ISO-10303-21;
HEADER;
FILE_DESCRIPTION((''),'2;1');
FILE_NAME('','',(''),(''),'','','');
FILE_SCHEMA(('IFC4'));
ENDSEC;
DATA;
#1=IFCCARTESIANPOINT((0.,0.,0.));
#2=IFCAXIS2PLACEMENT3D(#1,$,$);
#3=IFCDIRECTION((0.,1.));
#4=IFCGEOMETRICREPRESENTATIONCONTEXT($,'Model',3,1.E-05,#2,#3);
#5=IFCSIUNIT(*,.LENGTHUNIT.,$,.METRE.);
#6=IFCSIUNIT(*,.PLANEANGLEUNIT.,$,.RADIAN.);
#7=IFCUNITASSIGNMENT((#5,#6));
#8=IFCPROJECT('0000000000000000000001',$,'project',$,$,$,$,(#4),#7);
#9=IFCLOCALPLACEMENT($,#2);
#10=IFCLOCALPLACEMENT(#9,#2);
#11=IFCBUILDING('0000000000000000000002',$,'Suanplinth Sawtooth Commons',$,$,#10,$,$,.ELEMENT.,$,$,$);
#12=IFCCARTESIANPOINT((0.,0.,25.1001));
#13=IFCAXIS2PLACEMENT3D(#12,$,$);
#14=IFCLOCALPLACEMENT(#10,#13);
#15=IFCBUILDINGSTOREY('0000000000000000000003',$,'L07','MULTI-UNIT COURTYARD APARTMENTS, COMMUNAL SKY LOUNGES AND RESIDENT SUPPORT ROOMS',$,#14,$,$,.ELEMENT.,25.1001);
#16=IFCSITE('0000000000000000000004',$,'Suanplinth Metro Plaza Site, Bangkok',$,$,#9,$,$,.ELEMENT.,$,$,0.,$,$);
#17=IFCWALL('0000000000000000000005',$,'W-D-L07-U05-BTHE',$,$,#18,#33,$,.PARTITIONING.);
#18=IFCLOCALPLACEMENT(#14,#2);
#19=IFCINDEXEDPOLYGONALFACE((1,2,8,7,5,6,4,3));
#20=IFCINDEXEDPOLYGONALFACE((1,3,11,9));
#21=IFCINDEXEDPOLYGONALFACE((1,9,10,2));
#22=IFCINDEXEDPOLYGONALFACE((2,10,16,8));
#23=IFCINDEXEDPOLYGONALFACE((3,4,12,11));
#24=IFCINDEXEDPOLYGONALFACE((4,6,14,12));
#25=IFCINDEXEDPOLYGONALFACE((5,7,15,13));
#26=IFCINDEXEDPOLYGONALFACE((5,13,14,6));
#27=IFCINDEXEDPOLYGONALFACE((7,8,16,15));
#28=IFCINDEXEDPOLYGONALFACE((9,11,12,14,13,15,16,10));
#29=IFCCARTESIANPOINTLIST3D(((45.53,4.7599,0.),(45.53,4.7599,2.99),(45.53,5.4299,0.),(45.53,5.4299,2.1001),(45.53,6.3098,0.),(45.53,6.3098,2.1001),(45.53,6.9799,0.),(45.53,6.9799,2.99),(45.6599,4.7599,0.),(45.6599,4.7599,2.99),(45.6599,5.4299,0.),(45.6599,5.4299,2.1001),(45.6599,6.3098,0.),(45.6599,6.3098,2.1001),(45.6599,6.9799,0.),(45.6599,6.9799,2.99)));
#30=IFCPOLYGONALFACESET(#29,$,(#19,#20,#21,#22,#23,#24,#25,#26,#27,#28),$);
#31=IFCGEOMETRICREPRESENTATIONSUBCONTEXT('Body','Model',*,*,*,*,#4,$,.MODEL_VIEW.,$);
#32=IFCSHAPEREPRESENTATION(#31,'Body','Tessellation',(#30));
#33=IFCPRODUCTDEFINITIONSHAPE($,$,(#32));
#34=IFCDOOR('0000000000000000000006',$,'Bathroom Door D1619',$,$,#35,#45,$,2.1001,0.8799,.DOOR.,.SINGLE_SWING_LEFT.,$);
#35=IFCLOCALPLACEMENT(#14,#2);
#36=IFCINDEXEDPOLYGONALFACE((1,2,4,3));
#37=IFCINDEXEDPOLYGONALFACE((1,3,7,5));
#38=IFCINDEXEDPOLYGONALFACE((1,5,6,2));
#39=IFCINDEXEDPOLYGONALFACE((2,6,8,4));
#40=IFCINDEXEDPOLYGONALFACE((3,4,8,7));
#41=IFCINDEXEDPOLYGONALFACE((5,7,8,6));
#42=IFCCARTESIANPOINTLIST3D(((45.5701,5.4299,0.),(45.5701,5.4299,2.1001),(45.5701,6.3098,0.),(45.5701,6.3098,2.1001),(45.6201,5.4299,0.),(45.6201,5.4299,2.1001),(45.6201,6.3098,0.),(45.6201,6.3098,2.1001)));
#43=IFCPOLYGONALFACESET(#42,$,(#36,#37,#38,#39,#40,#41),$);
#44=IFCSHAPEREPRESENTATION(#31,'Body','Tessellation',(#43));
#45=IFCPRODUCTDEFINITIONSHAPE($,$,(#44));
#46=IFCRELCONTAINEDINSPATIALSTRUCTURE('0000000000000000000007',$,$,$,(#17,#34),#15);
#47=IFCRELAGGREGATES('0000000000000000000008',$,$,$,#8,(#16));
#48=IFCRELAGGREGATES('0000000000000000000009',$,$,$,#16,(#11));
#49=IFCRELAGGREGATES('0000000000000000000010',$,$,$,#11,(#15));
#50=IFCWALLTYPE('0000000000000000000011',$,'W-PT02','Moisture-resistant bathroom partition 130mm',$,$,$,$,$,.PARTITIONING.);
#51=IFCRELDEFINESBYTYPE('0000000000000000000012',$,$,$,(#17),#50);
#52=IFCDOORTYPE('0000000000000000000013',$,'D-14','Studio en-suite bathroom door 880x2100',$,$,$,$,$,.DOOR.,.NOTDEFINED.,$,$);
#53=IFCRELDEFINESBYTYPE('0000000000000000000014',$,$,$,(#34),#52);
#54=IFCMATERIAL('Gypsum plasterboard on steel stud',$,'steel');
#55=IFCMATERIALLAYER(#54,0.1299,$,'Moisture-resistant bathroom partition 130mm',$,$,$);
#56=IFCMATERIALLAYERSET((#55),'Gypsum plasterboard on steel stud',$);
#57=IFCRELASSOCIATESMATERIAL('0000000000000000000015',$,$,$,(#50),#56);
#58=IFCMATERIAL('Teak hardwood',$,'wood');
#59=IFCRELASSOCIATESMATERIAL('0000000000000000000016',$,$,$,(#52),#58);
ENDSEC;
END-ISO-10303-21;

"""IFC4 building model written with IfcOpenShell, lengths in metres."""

from ifc_helpers import new_model, si_unit, direction, frame, frame_2d, origin, place, context, subcontext, project, spatial, rectangle, extrude, material, layer, layer_set, type_object, element, fill, save


model = new_model("IFC4")

# Units and contexts
model_context = context("Model", 3, precision=1e-05, world=origin(), true_north=direction((0.0, 1.0)))
body_context = subcontext(model_context, "Body", "Model", "MODEL_VIEW")
ifc_project = project(units=[si_unit("LENGTHUNIT", "METRE"), si_unit("PLANEANGLEUNIT", "RADIAN")], contexts=[model_context])

# Site, building, storey
site_placement = place(None, origin())
site = spatial("IfcSite", under=ifc_project, at=site_placement, Name="Suanplinth Metro Plaza Site, Bangkok", CompositionType="ELEMENT", RefElevation=0.0)
building_placement = place(site_placement, origin())
building = spatial("IfcBuilding", under=site, at=building_placement, Name="Suanplinth Sawtooth Commons", CompositionType="ELEMENT")
storey_placement = place(building_placement, frame((0.0, 0.0, 25.1001)))
storey = spatial("IfcBuildingStorey", under=building, at=storey_placement, Name="L07", Description="MULTI-UNIT COURTYARD APARTMENTS, COMMUNAL SKY LOUNGES AND RESIDENT SUPPORT ROOMS", CompositionType="ELEMENT", Elevation=25.1001)

# Shared definitions
ifc_material_1 = material(Name="Gypsum plasterboard on steel stud", Category="steel")
ifc_material_2 = material(Name="Teak hardwood", Category="wood")

# Shared definitions
ifc_layer_1 = layer(ifc_material_1, 0.1299, Name="Moisture-resistant bathroom partition 130mm")
ifc_layer_set_1 = layer_set([ifc_layer_1], Name="Gypsum plasterboard on steel stud")
wall_type_1 = type_object("IfcWallType", Name="W-PT02", Description="Moisture-resistant bathroom partition 130mm", PredefinedType="PARTITIONING", material=ifc_layer_set_1)

# Wall, opening, door
wall_1_placement = place(storey_placement, frame((45.595, 4.76, 0.0), z_axis=(0.0, 0.0, 1.0), x_axis=(0.0, 1.0, 0.0)))
wall_1 = element("IfcWall", 1, at=wall_1_placement, inside=storey, type_object=wall_type_1, Name="W-D-L07-U05-BTHE", PredefinedType="PARTITIONING", context=body_context, shape_type="SweptSolid", body=[
    extrude(rectangle(XDim=2.22, YDim=0.1299, at=frame_2d((1.1099, 0.0))), origin(), (0.0, 0.0, 1.0), 2.99),
])
opening_1_placement = place(wall_1_placement, frame((0.6699, 0.0, 0.0)))
opening_1 = element("IfcOpeningElement", 2, at=opening_1_placement, cuts=wall_1, PredefinedType="OPENING", context=body_context, shape_type="SweptSolid", body=[
    extrude(rectangle(XDim=0.8799, YDim=2.1001, at=frame_2d((0.4399, 1.05))), frame((0.0, 0.0798, 0.0), z_axis=(0.0, -1.0, 0.0), x_axis=(1.0, 0.0, 0.0)), (0.0, 0.0, 1.0), 0.1597),
])
door_type_1 = type_object("IfcDoorType", Name="D-14", Description="Studio en-suite bathroom door 880x2100", OperationType="NOTDEFINED", PredefinedType="DOOR", material=ifc_material_2)
door_1_placement = place(opening_1_placement, origin())
door_1 = element("IfcDoor", 3, at=door_1_placement, inside=storey, type_object=door_type_1, Name="Bathroom Door D1619", OperationType="SINGLE_SWING_LEFT", OverallHeight=2.1001, OverallWidth=0.8799, PredefinedType="DOOR", context=body_context, shape_type="SweptSolid", body=[
    extrude(rectangle(XDim=0.8799, YDim=2.1001, at=frame_2d((0.4399, 1.05))), frame((0.0, 0.0249, 0.0), z_axis=(0.0, -1.0, 0.0), x_axis=(1.0, 0.0, 0.0)), (0.0, 0.0, 1.0), 0.05),
])
fill(opening_1, door_1)

save(model, "model.ifc")
